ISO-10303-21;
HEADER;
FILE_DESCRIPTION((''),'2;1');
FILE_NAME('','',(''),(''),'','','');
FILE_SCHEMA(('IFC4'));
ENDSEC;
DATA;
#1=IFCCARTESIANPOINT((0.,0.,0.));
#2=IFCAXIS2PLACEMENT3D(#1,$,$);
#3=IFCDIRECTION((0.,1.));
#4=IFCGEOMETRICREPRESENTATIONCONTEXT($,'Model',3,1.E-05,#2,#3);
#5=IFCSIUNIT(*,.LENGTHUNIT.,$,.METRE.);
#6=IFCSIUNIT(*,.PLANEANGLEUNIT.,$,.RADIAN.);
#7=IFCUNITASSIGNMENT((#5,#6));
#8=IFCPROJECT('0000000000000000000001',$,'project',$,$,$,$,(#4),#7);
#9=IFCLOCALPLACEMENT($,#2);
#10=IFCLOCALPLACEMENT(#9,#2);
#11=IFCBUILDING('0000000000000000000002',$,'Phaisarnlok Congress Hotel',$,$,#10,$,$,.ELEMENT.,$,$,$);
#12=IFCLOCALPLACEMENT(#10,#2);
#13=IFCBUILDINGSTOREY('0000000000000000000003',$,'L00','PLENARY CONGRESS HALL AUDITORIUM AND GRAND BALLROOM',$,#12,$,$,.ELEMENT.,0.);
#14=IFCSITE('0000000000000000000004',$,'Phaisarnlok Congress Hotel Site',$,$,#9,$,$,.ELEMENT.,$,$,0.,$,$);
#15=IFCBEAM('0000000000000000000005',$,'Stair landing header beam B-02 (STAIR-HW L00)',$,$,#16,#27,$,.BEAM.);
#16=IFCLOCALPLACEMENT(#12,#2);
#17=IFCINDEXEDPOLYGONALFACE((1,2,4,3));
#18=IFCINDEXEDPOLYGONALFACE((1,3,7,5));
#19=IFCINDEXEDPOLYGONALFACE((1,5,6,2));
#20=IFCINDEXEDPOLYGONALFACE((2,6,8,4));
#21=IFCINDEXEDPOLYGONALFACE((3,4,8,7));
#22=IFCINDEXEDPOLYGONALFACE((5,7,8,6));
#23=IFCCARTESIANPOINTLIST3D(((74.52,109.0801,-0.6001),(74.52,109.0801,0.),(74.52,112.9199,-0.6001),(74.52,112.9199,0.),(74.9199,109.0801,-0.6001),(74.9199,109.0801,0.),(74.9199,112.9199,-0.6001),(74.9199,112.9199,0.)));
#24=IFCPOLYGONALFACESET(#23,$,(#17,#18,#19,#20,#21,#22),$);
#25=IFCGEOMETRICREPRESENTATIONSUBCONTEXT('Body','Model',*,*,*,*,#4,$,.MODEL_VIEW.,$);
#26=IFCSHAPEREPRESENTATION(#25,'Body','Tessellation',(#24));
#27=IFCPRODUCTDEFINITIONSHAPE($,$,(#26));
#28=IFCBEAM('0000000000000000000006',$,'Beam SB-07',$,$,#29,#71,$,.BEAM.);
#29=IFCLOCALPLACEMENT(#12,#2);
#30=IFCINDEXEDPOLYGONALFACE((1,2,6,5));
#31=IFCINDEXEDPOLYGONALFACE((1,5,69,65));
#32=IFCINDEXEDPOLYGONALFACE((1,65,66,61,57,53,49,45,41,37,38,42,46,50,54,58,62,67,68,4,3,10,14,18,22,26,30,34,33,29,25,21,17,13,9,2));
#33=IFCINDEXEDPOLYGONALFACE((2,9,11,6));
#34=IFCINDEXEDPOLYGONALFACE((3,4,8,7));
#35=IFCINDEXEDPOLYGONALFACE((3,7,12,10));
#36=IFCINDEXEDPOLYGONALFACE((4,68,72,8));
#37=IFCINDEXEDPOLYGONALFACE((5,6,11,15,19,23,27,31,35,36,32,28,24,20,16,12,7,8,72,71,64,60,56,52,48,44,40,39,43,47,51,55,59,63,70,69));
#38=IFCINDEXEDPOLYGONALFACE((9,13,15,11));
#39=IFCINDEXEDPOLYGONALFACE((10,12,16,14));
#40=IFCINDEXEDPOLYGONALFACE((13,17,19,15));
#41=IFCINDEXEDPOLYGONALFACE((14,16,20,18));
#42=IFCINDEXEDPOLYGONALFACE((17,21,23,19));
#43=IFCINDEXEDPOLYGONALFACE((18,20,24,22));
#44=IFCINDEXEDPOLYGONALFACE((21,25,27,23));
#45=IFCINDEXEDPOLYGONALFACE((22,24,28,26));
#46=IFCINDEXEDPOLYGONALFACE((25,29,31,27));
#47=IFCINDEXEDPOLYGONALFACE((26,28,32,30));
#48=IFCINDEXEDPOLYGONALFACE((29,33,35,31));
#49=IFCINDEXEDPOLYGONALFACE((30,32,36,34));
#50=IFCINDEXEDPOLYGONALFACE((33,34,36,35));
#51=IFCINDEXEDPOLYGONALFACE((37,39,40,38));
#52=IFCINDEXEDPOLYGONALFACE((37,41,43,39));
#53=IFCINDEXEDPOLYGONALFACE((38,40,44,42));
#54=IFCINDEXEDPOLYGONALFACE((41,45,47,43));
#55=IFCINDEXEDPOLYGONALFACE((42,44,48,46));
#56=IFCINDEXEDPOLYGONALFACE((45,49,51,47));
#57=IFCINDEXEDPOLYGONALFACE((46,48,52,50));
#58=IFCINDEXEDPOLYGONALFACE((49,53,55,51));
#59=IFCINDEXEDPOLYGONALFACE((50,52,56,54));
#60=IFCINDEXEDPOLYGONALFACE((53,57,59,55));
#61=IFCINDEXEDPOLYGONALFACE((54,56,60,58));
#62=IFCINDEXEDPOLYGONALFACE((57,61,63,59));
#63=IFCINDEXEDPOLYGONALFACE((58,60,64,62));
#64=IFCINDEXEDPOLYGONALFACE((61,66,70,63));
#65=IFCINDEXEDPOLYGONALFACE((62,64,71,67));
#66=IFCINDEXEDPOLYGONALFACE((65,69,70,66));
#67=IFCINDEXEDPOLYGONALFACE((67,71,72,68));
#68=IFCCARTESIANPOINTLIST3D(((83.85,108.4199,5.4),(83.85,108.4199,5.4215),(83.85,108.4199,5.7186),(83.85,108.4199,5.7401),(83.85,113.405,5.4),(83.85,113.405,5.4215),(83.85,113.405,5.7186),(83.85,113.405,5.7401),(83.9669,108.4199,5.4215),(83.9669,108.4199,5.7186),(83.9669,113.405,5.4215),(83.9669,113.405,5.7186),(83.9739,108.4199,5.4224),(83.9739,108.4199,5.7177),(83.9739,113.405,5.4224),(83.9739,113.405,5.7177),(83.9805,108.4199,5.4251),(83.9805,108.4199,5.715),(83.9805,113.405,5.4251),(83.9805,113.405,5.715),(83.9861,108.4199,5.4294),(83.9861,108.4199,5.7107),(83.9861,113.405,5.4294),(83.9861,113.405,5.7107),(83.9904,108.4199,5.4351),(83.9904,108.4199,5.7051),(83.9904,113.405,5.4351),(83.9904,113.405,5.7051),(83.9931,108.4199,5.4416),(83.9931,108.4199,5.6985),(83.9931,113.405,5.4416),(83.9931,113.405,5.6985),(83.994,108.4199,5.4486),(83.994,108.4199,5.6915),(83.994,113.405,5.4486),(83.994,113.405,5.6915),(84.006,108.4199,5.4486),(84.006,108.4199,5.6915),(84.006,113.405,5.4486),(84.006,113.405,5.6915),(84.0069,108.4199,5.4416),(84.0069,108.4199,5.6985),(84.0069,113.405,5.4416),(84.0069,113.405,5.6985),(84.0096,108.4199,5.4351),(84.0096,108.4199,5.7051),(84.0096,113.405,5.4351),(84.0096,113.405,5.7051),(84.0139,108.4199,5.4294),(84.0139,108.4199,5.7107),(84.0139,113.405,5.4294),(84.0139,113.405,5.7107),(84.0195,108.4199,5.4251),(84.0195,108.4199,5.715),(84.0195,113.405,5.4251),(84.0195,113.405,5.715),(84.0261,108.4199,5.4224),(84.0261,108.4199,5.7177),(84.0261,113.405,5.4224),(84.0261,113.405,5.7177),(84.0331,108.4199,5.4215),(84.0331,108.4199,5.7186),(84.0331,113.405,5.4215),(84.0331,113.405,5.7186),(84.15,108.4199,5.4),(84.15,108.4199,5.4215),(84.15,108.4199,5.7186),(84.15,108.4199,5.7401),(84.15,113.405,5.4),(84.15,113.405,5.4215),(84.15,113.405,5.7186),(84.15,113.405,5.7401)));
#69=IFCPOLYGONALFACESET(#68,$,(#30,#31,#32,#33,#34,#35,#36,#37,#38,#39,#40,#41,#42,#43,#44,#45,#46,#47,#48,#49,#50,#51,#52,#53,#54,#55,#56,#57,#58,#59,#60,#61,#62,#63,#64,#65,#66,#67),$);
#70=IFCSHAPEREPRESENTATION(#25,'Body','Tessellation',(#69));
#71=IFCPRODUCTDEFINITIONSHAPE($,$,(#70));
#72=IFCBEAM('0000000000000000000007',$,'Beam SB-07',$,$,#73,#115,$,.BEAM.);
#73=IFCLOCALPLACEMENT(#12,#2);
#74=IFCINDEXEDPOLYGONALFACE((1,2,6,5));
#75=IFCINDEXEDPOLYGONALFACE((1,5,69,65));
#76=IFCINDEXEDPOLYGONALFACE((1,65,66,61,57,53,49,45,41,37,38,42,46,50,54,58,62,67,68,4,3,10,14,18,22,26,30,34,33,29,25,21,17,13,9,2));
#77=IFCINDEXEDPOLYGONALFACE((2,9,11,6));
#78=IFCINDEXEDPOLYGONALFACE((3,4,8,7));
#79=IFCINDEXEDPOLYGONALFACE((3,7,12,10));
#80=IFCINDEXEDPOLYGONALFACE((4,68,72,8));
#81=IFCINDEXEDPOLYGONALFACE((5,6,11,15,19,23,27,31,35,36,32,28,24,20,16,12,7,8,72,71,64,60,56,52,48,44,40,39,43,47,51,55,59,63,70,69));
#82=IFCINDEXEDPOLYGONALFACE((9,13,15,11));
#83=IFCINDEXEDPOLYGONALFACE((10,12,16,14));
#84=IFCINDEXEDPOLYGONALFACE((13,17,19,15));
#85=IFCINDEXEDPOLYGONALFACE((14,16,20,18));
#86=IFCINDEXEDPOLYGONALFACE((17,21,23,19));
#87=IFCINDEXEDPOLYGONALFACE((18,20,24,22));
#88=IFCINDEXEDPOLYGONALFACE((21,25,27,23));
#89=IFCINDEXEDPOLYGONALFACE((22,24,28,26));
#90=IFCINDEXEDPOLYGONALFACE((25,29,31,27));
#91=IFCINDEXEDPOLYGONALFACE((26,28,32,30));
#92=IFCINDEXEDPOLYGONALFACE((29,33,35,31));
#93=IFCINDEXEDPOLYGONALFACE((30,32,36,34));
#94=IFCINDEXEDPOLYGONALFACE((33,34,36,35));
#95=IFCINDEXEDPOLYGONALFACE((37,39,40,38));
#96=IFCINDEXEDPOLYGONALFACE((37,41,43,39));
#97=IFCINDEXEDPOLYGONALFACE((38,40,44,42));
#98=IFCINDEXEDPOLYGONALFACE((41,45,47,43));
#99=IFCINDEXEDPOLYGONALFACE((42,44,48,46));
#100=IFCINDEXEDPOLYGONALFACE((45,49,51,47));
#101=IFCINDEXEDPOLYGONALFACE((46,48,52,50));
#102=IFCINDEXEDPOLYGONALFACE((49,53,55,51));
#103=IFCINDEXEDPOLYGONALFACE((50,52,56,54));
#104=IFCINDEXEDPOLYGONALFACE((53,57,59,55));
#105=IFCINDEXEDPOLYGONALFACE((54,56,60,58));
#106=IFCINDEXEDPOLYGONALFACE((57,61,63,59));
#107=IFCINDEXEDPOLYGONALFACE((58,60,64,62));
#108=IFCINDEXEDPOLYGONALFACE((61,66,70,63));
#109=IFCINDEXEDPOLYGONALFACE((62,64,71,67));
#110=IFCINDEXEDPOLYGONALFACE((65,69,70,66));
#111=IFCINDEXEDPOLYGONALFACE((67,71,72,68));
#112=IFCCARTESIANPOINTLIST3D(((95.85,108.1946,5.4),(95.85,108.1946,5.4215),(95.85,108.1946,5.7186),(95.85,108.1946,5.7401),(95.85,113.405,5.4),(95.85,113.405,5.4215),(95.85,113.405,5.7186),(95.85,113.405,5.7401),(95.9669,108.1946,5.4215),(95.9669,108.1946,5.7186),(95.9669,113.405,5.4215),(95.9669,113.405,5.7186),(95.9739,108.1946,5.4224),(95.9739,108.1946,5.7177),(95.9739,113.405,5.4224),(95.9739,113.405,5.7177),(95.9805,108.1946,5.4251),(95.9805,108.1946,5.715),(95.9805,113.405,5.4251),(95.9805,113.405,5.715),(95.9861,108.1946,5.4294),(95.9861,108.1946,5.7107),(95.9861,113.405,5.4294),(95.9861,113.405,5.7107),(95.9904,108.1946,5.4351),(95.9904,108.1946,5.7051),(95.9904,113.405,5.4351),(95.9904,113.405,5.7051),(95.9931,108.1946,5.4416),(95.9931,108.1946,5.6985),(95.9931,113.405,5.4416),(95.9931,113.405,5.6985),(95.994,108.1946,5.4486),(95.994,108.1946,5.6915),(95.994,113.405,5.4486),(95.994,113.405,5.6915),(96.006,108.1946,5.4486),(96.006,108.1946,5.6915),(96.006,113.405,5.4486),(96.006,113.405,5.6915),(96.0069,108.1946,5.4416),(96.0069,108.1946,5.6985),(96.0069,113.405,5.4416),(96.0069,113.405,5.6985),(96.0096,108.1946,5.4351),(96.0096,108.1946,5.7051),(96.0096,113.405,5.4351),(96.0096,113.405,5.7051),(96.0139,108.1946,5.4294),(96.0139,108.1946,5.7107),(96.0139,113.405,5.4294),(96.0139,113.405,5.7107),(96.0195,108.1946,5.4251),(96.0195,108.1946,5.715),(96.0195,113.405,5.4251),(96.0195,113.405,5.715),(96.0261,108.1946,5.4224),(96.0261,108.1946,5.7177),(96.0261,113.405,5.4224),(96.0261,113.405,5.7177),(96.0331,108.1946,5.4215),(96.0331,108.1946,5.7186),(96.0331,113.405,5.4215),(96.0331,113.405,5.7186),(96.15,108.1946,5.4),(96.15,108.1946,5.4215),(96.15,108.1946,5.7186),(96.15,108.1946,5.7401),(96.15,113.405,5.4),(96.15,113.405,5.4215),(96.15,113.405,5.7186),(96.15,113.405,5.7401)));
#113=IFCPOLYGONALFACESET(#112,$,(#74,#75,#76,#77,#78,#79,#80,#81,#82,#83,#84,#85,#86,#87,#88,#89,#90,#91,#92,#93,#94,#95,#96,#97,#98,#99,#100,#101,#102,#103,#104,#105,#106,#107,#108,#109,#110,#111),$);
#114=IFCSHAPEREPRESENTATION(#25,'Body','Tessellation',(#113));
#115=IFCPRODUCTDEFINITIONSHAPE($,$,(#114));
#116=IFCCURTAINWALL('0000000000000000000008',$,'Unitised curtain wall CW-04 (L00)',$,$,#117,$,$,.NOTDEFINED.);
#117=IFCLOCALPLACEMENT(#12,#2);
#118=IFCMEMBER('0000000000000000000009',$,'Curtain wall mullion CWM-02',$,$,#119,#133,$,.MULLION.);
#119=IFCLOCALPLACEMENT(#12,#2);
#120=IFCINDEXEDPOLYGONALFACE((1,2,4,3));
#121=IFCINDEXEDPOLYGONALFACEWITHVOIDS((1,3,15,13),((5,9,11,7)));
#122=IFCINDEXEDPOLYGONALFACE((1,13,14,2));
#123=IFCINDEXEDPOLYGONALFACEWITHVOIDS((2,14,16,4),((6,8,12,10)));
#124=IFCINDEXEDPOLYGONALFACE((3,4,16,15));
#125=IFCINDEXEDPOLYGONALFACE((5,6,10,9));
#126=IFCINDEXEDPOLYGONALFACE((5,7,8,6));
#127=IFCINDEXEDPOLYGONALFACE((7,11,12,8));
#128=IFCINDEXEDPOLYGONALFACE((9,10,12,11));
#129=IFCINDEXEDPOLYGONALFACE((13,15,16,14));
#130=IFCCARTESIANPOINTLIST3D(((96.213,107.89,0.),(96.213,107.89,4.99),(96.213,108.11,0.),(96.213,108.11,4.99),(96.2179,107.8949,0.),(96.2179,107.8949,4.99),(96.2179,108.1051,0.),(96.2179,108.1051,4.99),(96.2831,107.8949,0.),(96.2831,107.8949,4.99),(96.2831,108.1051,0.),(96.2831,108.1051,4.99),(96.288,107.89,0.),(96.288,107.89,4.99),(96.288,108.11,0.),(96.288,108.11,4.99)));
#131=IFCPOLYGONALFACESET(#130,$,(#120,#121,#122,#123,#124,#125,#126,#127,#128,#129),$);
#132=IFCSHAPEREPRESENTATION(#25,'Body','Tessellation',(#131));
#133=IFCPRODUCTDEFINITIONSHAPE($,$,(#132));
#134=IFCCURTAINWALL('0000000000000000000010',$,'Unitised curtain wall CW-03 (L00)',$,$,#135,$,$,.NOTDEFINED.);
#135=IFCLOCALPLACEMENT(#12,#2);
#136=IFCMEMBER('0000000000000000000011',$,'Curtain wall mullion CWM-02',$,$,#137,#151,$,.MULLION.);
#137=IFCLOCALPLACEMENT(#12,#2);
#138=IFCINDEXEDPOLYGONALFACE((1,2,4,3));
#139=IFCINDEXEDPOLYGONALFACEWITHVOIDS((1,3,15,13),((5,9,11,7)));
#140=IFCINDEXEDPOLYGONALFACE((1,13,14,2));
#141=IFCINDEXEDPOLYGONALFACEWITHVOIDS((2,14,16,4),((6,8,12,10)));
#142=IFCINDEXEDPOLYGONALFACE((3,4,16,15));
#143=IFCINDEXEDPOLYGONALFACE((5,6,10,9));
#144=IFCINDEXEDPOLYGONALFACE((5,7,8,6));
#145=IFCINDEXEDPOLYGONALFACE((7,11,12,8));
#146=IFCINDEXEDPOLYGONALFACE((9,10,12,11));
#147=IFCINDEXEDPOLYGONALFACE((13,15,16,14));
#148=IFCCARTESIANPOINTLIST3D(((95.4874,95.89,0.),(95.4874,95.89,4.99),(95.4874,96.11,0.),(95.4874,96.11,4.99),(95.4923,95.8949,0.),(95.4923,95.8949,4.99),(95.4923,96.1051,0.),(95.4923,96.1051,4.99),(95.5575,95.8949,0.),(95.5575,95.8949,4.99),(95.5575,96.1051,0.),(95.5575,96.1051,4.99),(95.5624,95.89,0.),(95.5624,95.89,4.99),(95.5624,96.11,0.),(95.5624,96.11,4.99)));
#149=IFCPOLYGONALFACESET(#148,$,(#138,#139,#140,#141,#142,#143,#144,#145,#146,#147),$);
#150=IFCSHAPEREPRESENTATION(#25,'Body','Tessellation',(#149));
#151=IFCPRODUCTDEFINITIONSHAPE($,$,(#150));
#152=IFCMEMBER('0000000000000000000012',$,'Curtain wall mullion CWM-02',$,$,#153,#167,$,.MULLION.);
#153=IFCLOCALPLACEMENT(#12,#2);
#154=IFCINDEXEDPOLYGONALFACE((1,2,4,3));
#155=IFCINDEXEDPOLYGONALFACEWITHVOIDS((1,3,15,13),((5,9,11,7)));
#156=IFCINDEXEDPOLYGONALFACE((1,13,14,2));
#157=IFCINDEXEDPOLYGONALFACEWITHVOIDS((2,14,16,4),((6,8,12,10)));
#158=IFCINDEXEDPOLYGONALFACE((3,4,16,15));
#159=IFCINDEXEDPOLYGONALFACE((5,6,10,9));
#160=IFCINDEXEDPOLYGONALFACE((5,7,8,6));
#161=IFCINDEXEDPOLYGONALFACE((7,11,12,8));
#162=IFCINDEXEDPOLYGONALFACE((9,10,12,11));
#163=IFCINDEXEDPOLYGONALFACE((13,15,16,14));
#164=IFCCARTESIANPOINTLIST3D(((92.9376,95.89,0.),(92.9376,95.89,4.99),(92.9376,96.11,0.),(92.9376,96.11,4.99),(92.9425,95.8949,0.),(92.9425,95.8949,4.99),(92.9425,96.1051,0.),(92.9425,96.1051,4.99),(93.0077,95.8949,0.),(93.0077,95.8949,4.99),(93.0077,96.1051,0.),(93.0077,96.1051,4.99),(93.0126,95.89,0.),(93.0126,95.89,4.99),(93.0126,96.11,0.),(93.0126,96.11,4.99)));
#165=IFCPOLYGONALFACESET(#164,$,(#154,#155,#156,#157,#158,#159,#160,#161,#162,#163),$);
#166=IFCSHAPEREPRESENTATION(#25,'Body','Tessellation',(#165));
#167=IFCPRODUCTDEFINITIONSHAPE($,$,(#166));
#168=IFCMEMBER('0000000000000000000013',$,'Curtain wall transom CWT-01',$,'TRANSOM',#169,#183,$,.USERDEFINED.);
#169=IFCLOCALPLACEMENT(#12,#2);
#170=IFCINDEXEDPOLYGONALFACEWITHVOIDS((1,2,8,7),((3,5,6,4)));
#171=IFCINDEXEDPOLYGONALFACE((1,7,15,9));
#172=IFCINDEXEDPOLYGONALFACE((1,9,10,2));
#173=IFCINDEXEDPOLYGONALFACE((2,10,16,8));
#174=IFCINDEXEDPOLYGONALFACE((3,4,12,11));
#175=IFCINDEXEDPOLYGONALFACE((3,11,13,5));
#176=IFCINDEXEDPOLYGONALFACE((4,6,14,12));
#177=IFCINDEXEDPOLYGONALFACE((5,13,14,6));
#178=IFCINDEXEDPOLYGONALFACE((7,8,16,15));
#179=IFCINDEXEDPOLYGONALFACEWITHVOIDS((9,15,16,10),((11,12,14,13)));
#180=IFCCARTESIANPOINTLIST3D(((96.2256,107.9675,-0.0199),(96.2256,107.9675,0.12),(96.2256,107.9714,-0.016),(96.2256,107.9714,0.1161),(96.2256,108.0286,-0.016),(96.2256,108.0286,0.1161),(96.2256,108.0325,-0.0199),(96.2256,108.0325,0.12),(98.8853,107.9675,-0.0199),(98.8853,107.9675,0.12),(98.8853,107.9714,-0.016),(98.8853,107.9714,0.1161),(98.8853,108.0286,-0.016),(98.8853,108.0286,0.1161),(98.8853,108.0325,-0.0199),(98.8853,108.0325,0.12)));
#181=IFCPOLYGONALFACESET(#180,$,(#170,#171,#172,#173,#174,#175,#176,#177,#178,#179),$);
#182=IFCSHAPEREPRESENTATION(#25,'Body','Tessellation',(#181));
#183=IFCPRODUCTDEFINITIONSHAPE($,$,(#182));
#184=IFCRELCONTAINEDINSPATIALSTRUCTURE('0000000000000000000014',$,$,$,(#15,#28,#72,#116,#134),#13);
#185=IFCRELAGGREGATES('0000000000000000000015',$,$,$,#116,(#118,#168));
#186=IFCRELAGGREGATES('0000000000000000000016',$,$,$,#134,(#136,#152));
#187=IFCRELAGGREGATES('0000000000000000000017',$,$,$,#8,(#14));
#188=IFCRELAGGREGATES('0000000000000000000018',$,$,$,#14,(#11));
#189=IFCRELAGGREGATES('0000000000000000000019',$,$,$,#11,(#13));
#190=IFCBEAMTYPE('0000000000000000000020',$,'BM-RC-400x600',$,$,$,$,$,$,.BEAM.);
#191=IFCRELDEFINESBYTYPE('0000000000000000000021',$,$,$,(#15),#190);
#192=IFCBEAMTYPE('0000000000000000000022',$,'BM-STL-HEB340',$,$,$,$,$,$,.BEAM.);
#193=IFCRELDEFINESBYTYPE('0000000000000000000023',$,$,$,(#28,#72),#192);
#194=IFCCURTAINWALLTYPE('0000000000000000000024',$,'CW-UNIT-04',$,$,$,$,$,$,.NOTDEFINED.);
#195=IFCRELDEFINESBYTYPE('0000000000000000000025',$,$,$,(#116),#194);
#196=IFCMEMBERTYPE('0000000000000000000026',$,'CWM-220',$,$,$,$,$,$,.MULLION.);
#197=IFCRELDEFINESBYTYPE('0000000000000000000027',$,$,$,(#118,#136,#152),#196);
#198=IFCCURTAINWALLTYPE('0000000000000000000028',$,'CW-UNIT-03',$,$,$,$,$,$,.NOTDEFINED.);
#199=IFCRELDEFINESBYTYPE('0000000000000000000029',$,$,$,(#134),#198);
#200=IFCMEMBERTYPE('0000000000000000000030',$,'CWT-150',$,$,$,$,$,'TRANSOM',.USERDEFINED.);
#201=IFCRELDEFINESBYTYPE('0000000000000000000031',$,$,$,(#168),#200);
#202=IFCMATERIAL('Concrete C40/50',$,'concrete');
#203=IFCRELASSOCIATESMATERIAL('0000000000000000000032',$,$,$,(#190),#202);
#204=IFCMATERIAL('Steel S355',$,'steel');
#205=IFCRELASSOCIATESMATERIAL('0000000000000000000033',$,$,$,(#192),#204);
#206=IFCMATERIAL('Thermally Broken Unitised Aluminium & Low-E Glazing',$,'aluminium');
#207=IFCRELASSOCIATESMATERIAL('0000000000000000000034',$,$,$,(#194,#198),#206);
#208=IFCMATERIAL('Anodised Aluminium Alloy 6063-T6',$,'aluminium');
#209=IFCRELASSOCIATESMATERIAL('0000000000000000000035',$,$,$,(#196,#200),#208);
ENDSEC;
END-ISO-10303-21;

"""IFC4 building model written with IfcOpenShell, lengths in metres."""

from ifc_helpers import new_model, si_unit, direction, frame, origin, origin_2d, place, context, subcontext, project, spatial, rectangle, hollow_rectangle, i_section, extrude, material, material_profile, profile_set, type_object, element, aggregate, save


model = new_model("IFC4")

# Units and contexts
model_context = context("Model", 3, precision=1e-05, world=origin(), true_north=direction((0.0, 1.0)))
body_context = subcontext(model_context, "Body", "Model", "MODEL_VIEW")
ifc_project = project(units=[si_unit("LENGTHUNIT", "METRE"), si_unit("PLANEANGLEUNIT", "RADIAN")], contexts=[model_context])

# Site, building, storey
site_placement = place(None, origin())
site = spatial("IfcSite", under=ifc_project, at=site_placement, Name="Phaisarnlok Congress Hotel Site", CompositionType="ELEMENT", RefElevation=0.0)
building_placement = place(site_placement, origin())
building = spatial("IfcBuilding", under=site, at=building_placement, Name="Phaisarnlok Congress Hotel", CompositionType="ELEMENT")
storey_placement = place(building_placement, origin())
storey = spatial("IfcBuildingStorey", under=building, at=storey_placement, Name="L00", Description="PLENARY CONGRESS HALL AUDITORIUM AND GRAND BALLROOM", CompositionType="ELEMENT", Elevation=0.0)

# Shared definitions
ifc_material_1 = material(Name="Steel S355", Category="steel")

# Beams
ifc_material_2 = material(Name="Concrete C40/50", Category="concrete")
ifc_material_profile_1 = material_profile(ifc_material_2, rectangle(XDim=0.3999, YDim=0.6001, at=origin_2d()), Name="RC 400x600")
ifc_profile_set_1 = profile_set([ifc_material_profile_1], Name="Concrete C40/50")
beam_type_1 = type_object("IfcBeamType", Name="BM-RC-400x600", PredefinedType="BEAM", material=ifc_profile_set_1)
beam_1_placement = place(storey_placement, frame((74.72, 109.0801, -0.3), z_axis=(0.0, 1.0, 0.0), x_axis=(-1.0, 0.0, 0.0)))
element("IfcBeam", 1, at=beam_1_placement, inside=storey, type_object=beam_type_1, Name="Stair landing header beam B-02 (STAIR-HW L00)", PredefinedType="BEAM", context=body_context, shape_type="SweptSolid", body=[
    extrude(rectangle(XDim=0.3999, YDim=0.6001, at=origin_2d()), origin(), (0.0, 0.0, 1.0), 3.8398),
])
ifc_material_profile_2 = material_profile(ifc_material_1, i_section(OverallWidth=0.3, OverallDepth=0.3401, WebThickness=0.012, FlangeThickness=0.0215, FilletRadius=0.0271, at=origin_2d()), Name="HEB 340")
ifc_profile_set_2 = profile_set([ifc_material_profile_2], Name="Steel S355")
beam_type_2 = type_object("IfcBeamType", Name="BM-STL-HEB340", PredefinedType="BEAM", material=ifc_profile_set_2)
beam_2_placement = place(storey_placement, frame((84.0, 108.4199, 5.5701), z_axis=(0.0, 1.0, 0.0), x_axis=(-1.0, 0.0, 0.0)))
element("IfcBeam", 2, at=beam_2_placement, inside=storey, type_object=beam_type_2, Name="Beam SB-07", PredefinedType="BEAM", context=body_context, shape_type="SweptSolid", body=[
    extrude(i_section(OverallWidth=0.3, OverallDepth=0.3401, WebThickness=0.012, FlangeThickness=0.0215, FilletRadius=0.0271, at=origin_2d()), origin(), (0.0, 0.0, 1.0), 4.9851),
])
beam_3_placement = place(storey_placement, frame((96.0, 108.1946, 5.5701), z_axis=(0.0, 1.0, 0.0), x_axis=(-1.0, 0.0, 0.0)))
element("IfcBeam", 3, at=beam_3_placement, inside=storey, type_object=beam_type_2, Name="Beam SB-07", PredefinedType="BEAM", context=body_context, shape_type="SweptSolid", body=[
    extrude(i_section(OverallWidth=0.3, OverallDepth=0.3401, WebThickness=0.012, FlangeThickness=0.0215, FilletRadius=0.0271, at=origin_2d()), origin(), (0.0, 0.0, 1.0), 5.2104),
])

# Curtain wall, member
ifc_material_3 = material(Name="Thermally Broken Unitised Aluminium & Low-E Glazing", Category="aluminium")
curtain_wall_type_1 = type_object("IfcCurtainWallType", Name="CW-UNIT-04", PredefinedType="NOTDEFINED", material=ifc_material_3)
curtain_wall_1_placement = place(storey_placement, origin())
curtain_wall_1 = element("IfcCurtainWall", 4, at=curtain_wall_1_placement, inside=storey, type_object=curtain_wall_type_1, Name="Unitised curtain wall CW-04 (L00)", PredefinedType="NOTDEFINED")
ifc_material_4 = material(Name="Anodised Aluminium Alloy 6063-T6", Category="aluminium")
ifc_material_profile_3 = material_profile(ifc_material_4, hollow_rectangle(XDim=0.075, YDim=0.22, WallThickness=0.0049, at=origin_2d()), Name="ALU-M 75x220x5")
ifc_profile_set_3 = profile_set([ifc_material_profile_3], Name="Anodised Aluminium Alloy 6063-T6")
member_type_1 = type_object("IfcMemberType", Name="CWM-220", PredefinedType="MULLION", material=ifc_profile_set_3)
member_1_placement = place(storey_placement, frame((96.2505, 108.0, 0.0), z_axis=(0.0, 0.0, 1.0), x_axis=(1.0, 0.0, 0.0)))
member_1 = element("IfcMember", 5, at=member_1_placement, type_object=member_type_1, Name="Curtain wall mullion CWM-02", PredefinedType="MULLION", context=body_context, shape_type="SweptSolid", body=[
    extrude(hollow_rectangle(XDim=0.075, YDim=0.22, WallThickness=0.0049, at=origin_2d()), origin(), (0.0, 0.0, 1.0), 4.99),
])

# Curtain wall, members
curtain_wall_type_2 = type_object("IfcCurtainWallType", Name="CW-UNIT-03", PredefinedType="NOTDEFINED", material=ifc_material_3)
curtain_wall_2_placement = place(storey_placement, origin())
curtain_wall_2 = element("IfcCurtainWall", 6, at=curtain_wall_2_placement, inside=storey, type_object=curtain_wall_type_2, Name="Unitised curtain wall CW-03 (L00)", PredefinedType="NOTDEFINED")
member_2_placement = place(storey_placement, frame((95.5249, 96.0, 0.0), z_axis=(0.0, 0.0, 1.0), x_axis=(-1.0, 0.0, 0.0)))
member_2 = element("IfcMember", 7, at=member_2_placement, type_object=member_type_1, Name="Curtain wall mullion CWM-02", PredefinedType="MULLION", context=body_context, shape_type="SweptSolid", body=[
    extrude(hollow_rectangle(XDim=0.075, YDim=0.22, WallThickness=0.0049, at=origin_2d()), origin(), (0.0, 0.0, 1.0), 4.99),
])
member_3_placement = place(storey_placement, frame((92.9751, 96.0, 0.0), z_axis=(0.0, 0.0, 1.0), x_axis=(-1.0, 0.0, 0.0)))
member_3 = element("IfcMember", 8, at=member_3_placement, type_object=member_type_1, Name="Curtain wall mullion CWM-02", PredefinedType="MULLION", context=body_context, shape_type="SweptSolid", body=[
    extrude(hollow_rectangle(XDim=0.075, YDim=0.22, WallThickness=0.0049, at=origin_2d()), origin(), (0.0, 0.0, 1.0), 4.99),
])

# Member
ifc_material_profile_4 = material_profile(ifc_material_4, hollow_rectangle(XDim=0.0649, YDim=0.1399, WallThickness=0.0039, at=origin_2d()), Name="ALU-T 65x140x4")
ifc_profile_set_4 = profile_set([ifc_material_profile_4], Name="Anodised Aluminium Alloy 6063-T6")
member_type_2 = type_object("IfcMemberType", Name="CWT-150", ElementType="TRANSOM", PredefinedType="USERDEFINED", material=ifc_profile_set_4)
member_4_placement = place(storey_placement, frame((96.2256, 108.0, 0.05), z_axis=(1.0, 0.0, 0.0), x_axis=(0.0, 1.0, 0.0)))
member_4 = element("IfcMember", 9, at=member_4_placement, type_object=member_type_2, Name="Curtain wall transom CWT-01", ObjectType="TRANSOM", PredefinedType="USERDEFINED", context=body_context, shape_type="SweptSolid", body=[
    extrude(hollow_rectangle(XDim=0.0649, YDim=0.1399, WallThickness=0.0039, at=origin_2d()), origin(), (0.0, 0.0, 1.0), 2.6597),
])

aggregate(curtain_wall_1, [member_1, member_4])
aggregate(curtain_wall_2, [member_2, member_3])

save(model, "model.ifc")
